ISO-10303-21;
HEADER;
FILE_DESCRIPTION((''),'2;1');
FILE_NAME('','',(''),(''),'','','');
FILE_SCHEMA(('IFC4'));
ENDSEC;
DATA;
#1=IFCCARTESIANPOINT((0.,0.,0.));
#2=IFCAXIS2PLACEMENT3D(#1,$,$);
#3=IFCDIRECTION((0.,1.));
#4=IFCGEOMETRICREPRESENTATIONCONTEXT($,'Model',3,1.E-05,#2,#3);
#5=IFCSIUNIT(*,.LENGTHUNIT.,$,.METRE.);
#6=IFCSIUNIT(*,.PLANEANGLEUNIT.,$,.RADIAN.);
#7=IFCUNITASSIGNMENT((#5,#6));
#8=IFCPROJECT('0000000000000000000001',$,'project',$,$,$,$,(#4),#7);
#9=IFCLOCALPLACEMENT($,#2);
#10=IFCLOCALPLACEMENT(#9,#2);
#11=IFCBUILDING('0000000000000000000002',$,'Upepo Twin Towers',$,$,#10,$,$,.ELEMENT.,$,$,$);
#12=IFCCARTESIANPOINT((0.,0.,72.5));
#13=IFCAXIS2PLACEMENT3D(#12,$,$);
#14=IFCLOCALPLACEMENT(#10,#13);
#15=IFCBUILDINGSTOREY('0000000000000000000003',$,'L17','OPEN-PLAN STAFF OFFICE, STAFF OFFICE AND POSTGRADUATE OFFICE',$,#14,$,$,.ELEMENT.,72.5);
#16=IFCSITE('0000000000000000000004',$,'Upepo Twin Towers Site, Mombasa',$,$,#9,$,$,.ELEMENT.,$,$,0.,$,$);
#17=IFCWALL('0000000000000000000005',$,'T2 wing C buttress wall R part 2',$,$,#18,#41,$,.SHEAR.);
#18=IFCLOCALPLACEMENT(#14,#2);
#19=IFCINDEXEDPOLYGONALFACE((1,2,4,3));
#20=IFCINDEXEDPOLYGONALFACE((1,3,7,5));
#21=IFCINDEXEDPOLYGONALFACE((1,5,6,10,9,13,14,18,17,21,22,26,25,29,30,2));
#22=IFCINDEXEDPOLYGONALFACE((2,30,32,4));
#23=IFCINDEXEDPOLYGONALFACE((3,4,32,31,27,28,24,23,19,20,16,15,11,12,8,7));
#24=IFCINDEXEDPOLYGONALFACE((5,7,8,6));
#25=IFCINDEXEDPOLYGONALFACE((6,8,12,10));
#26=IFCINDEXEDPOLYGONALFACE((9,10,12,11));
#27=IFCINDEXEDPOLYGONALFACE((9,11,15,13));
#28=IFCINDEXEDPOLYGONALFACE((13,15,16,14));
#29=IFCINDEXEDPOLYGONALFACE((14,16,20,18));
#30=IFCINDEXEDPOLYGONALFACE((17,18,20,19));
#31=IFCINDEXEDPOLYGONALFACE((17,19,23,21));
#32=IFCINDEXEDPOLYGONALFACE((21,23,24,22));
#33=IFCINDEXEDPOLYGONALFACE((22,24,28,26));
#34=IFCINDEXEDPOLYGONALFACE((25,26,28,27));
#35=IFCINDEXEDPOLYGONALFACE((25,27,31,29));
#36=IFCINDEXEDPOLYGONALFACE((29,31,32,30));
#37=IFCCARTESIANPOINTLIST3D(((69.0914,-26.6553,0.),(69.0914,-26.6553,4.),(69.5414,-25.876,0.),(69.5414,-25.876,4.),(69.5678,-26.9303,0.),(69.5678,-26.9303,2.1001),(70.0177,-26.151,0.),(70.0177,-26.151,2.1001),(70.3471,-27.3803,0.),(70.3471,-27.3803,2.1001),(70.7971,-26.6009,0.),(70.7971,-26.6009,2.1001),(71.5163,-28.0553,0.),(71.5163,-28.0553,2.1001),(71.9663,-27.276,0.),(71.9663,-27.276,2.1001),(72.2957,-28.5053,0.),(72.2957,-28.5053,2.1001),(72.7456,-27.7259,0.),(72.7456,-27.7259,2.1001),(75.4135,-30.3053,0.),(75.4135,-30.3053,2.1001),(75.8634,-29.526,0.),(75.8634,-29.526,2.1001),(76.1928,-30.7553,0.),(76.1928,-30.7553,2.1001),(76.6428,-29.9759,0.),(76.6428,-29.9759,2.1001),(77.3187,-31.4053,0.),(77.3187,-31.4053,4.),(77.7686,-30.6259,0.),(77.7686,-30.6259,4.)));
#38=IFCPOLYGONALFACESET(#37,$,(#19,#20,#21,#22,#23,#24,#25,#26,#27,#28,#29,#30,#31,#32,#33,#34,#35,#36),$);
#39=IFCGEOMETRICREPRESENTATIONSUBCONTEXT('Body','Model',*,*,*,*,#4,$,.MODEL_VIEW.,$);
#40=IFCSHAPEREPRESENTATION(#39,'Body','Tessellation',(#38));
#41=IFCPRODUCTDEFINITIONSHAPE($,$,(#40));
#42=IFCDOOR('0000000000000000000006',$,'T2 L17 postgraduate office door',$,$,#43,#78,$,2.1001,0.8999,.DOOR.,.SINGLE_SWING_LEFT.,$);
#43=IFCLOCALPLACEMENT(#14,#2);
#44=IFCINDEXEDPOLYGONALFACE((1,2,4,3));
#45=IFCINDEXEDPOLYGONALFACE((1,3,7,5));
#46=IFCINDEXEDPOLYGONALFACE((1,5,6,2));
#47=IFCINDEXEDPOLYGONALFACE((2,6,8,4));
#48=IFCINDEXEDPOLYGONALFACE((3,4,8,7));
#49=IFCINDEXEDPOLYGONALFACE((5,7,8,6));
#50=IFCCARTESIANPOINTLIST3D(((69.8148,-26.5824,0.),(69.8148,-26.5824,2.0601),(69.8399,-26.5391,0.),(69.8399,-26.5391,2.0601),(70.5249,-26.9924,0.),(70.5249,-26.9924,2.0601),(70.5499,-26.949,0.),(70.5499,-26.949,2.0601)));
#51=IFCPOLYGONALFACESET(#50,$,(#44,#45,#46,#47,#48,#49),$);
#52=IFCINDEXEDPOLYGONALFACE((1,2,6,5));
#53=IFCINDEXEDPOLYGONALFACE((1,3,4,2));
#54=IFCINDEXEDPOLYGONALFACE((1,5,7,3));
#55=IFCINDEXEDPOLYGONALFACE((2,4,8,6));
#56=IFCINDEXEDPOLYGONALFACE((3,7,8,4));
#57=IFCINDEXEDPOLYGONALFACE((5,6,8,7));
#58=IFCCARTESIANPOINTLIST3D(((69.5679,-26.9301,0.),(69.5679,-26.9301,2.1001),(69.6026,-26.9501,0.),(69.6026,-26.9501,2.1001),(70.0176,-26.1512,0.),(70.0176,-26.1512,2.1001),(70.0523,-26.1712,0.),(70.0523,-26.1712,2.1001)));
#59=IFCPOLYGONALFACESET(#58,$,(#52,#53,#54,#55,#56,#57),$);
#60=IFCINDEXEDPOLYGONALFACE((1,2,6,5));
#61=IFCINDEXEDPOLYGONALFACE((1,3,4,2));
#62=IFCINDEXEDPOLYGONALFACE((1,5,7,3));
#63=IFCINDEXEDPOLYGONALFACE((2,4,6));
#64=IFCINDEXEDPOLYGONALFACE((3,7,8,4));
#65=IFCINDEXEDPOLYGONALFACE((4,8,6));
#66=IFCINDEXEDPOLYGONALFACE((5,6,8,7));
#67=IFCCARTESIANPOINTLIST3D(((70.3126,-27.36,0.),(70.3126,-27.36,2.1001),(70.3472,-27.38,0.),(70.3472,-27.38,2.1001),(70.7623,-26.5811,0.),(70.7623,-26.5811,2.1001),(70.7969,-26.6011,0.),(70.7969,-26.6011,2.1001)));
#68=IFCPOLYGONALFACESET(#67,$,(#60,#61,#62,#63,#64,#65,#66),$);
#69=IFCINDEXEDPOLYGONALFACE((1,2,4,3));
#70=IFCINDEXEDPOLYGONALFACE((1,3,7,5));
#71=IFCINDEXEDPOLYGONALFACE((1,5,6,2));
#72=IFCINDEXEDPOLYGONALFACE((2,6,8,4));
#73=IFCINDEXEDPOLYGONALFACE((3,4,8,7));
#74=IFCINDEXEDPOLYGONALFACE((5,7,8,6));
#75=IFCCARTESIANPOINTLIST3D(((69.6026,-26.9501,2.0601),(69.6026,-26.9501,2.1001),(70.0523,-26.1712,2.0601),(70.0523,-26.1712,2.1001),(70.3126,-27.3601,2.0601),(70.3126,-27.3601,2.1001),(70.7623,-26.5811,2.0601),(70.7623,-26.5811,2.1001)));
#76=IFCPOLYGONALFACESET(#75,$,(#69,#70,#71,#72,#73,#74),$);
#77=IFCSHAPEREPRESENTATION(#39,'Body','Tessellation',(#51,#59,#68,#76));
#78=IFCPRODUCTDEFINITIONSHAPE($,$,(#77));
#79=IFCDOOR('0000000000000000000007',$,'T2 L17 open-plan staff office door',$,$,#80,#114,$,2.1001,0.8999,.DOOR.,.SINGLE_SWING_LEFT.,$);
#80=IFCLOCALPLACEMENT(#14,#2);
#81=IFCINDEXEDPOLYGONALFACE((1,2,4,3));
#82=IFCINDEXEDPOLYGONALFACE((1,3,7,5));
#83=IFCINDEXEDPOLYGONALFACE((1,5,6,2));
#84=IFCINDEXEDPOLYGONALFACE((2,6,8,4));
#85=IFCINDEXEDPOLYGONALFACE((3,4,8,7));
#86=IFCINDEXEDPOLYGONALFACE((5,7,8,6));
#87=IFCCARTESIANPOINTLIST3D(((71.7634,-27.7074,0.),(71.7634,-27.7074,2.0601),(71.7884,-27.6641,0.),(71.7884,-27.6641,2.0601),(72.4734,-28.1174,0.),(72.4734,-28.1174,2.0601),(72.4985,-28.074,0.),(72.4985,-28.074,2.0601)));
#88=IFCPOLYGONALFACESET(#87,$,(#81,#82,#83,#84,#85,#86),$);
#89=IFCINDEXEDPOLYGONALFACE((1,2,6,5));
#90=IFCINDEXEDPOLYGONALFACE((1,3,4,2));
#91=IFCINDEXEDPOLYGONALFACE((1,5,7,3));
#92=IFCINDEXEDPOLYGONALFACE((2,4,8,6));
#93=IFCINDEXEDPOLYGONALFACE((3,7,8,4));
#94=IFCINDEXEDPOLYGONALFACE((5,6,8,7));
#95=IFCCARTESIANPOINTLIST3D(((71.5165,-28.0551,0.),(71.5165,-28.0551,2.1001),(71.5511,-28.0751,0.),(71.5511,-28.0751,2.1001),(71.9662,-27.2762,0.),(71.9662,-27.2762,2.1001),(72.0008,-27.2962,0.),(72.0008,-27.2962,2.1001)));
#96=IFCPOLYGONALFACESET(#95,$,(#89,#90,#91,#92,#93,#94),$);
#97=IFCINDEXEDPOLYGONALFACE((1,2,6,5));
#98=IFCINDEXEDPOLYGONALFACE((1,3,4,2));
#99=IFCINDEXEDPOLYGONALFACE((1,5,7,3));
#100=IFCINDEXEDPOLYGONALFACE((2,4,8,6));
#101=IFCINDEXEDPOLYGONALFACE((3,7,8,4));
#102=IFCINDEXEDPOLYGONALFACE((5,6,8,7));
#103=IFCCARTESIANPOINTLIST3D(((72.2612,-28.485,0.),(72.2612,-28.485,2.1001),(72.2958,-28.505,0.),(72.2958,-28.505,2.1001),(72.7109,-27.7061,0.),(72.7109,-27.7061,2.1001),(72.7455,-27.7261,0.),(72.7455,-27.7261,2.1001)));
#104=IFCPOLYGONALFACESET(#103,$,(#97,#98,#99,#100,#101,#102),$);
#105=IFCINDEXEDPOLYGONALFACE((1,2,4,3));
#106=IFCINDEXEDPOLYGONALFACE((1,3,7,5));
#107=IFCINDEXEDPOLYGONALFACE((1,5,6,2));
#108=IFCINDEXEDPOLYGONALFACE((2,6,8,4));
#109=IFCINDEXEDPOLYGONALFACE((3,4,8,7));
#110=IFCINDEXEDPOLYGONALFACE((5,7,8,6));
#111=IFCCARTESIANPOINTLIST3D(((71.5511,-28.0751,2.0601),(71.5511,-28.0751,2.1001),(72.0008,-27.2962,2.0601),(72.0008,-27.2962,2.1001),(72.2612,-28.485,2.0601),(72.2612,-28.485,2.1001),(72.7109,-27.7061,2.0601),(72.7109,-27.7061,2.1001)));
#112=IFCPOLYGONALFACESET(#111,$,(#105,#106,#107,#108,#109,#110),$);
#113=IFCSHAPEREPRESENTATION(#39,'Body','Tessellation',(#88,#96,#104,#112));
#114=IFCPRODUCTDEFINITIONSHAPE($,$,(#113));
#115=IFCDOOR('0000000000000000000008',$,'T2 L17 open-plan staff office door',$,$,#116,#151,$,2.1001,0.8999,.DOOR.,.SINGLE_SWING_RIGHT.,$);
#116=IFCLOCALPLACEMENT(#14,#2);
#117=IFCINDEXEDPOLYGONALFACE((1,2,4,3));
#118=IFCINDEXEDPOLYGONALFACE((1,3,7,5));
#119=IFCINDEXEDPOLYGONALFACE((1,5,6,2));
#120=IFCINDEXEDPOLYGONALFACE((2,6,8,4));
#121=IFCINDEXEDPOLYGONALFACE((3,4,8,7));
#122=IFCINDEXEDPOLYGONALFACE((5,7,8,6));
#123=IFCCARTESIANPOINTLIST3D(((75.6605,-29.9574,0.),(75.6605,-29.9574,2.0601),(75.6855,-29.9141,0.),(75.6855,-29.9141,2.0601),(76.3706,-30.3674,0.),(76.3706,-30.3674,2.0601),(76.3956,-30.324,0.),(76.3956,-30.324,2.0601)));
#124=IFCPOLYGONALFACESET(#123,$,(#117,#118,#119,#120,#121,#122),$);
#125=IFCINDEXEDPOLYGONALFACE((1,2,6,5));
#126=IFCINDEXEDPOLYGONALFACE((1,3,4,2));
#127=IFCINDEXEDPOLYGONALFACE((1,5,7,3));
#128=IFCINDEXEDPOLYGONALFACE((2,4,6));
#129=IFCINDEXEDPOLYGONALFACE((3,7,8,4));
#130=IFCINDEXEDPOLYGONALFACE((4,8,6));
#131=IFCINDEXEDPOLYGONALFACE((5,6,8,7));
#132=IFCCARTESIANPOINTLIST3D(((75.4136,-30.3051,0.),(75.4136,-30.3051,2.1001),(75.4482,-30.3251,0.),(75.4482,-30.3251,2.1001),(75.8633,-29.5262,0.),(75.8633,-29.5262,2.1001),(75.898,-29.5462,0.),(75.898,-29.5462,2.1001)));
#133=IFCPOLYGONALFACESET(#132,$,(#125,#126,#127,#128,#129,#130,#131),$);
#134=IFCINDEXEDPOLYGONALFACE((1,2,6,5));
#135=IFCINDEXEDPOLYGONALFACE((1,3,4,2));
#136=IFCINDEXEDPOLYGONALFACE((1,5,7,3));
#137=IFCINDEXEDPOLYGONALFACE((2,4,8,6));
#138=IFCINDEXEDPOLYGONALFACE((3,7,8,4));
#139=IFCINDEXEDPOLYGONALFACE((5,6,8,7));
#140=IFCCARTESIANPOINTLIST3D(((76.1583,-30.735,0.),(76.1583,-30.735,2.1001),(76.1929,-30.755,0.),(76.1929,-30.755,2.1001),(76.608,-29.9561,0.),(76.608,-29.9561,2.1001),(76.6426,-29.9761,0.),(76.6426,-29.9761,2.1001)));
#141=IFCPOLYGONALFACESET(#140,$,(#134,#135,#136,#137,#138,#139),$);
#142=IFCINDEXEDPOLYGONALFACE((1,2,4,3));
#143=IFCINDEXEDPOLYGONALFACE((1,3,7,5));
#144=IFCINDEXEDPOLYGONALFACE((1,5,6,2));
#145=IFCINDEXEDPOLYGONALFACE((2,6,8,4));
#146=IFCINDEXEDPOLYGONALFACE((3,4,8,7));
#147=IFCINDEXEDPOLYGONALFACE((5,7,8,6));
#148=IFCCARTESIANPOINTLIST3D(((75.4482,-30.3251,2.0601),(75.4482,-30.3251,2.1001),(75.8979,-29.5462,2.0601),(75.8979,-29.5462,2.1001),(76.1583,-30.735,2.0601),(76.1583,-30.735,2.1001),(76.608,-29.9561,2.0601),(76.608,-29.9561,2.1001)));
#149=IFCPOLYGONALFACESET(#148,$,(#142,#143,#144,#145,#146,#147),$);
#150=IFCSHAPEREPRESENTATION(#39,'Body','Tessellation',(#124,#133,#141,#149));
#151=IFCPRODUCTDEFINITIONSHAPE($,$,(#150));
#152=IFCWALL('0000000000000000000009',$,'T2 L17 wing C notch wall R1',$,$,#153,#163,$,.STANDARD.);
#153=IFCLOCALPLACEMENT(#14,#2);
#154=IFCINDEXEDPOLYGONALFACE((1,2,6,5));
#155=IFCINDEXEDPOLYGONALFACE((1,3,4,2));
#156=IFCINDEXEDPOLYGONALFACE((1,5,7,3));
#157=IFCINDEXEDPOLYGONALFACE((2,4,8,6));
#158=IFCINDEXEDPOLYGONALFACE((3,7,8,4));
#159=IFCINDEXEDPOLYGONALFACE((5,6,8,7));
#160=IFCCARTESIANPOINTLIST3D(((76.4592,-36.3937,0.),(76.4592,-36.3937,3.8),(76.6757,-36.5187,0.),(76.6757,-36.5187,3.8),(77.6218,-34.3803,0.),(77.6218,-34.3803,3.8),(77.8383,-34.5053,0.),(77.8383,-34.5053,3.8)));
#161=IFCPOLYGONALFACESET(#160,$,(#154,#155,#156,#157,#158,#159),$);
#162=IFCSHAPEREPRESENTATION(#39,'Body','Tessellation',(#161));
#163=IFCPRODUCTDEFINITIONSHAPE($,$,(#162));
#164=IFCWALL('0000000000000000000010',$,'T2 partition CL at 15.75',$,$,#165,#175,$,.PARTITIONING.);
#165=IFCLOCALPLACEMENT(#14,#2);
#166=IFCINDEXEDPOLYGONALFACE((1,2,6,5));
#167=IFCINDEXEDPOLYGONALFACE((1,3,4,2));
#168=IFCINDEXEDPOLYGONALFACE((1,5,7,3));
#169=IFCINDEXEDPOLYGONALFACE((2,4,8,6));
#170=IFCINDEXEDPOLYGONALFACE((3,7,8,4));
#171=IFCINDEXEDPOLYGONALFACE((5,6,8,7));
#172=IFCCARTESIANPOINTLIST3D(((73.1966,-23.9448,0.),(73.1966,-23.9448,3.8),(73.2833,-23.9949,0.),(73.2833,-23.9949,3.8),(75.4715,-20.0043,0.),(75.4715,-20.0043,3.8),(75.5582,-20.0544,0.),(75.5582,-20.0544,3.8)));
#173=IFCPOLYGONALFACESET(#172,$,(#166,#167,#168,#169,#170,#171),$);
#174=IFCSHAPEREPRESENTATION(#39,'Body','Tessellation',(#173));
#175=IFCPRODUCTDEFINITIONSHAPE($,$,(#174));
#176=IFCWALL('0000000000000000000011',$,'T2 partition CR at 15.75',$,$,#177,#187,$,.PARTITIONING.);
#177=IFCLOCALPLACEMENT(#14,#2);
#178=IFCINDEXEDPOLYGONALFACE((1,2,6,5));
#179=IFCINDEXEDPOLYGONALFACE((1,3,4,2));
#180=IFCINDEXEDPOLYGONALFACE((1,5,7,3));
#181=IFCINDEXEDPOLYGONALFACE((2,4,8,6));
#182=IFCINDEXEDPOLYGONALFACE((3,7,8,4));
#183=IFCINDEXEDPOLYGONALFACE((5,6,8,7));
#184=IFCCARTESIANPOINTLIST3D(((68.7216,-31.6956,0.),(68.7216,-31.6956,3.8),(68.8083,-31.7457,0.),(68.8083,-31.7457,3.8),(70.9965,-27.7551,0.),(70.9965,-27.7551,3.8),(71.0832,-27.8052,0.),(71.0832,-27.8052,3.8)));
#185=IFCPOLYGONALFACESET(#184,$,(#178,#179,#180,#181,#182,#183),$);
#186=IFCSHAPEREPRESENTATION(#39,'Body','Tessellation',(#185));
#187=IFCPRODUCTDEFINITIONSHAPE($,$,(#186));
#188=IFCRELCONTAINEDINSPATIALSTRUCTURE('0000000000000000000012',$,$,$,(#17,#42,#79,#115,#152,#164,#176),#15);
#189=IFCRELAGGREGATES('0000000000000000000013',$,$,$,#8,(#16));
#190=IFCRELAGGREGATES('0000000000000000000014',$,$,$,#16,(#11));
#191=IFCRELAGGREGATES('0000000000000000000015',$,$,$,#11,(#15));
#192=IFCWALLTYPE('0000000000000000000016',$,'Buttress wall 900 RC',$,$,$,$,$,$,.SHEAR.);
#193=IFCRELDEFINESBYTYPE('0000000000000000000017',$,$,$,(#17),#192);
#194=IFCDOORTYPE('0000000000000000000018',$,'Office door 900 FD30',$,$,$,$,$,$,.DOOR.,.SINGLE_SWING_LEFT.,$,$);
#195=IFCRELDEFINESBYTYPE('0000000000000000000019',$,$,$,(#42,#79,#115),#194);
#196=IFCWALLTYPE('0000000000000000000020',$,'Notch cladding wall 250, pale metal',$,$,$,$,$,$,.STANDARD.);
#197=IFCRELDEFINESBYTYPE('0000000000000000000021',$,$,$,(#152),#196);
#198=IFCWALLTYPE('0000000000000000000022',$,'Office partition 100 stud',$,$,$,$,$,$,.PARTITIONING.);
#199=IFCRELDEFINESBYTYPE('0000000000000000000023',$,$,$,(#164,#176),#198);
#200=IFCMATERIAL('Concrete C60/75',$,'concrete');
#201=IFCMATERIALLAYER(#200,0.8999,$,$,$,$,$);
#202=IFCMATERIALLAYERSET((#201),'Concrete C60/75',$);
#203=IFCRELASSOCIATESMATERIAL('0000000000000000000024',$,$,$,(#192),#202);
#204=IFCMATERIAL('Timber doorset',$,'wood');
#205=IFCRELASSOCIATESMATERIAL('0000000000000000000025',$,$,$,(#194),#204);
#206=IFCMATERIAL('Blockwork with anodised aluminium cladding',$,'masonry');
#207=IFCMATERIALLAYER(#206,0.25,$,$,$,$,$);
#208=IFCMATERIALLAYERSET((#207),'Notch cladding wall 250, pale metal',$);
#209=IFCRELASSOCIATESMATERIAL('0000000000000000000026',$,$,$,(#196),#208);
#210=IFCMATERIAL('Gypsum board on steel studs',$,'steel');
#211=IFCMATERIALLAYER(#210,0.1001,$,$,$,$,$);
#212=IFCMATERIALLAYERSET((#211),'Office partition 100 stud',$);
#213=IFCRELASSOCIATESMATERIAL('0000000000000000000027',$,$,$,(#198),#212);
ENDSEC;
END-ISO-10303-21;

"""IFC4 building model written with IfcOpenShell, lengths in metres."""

from ifc_helpers import new_model, si_unit, direction, frame, frame_2d, origin, place, context, subcontext, project, spatial, rectangle, extrude, material, layer, layer_set, type_object, element, fill, save


model = new_model("IFC4")

# Units and contexts
model_context = context("Model", 3, precision=1e-05, world=origin(), true_north=direction((0.0, 1.0)))
body_context = subcontext(model_context, "Body", "Model", "MODEL_VIEW")
ifc_project = project(units=[si_unit("LENGTHUNIT", "METRE"), si_unit("PLANEANGLEUNIT", "RADIAN")], contexts=[model_context])

# Site, building, storey
site_placement = place(None, origin())
site = spatial("IfcSite", under=ifc_project, at=site_placement, Name="Upepo Twin Towers Site, Mombasa", CompositionType="ELEMENT", RefElevation=0.0)
building_placement = place(site_placement, origin())
building = spatial("IfcBuilding", under=site, at=building_placement, Name="Upepo Twin Towers", CompositionType="ELEMENT")
storey_placement = place(building_placement, frame((0.0, 0.0, 72.5)))
storey = spatial("IfcBuildingStorey", under=building, at=storey_placement, Name="L17", Description="OPEN-PLAN STAFF OFFICE, STAFF OFFICE AND POSTGRADUATE OFFICE", CompositionType="ELEMENT", Elevation=72.5)

# Wall, openings, doors
ifc_material_1 = material(Name="Concrete C60/75", Category="concrete")
ifc_layer_1 = layer(ifc_material_1, 0.8999)
ifc_layer_set_1 = layer_set([ifc_layer_1], Name="Concrete C60/75")
wall_type_1 = type_object("IfcWallType", Name="Buttress wall 900 RC", PredefinedType="SHEAR", material=ifc_layer_set_1)
ifc_material_2 = material(Name="Timber doorset", Category="wood")
door_type = type_object("IfcDoorType", Name="Office door 900 FD30", OperationType="SINGLE_SWING_LEFT", PredefinedType="DOOR", material=ifc_material_2)
wall_1_placement = place(storey_placement, frame((69.3164, -26.2656, 0.0), z_axis=(0.0, 0.0, 1.0), x_axis=(0.866027, -0.499998, 0.0)))
wall_1 = element("IfcWall", 1, at=wall_1_placement, inside=storey, type_object=wall_type_1, Name="T2 wing C buttress wall R part 2", PredefinedType="SHEAR", context=body_context, shape_type="SweptSolid", body=[
    extrude(rectangle(XDim=9.5, YDim=0.8999, at=frame_2d((4.75, 0.0))), origin(), (0.0, 0.0, 1.0), 4.0),
])
opening_1_placement = place(wall_1_placement, frame((0.55, 0.0, 0.0)))
opening_1 = element("IfcOpeningElement", 2, at=opening_1_placement, cuts=wall_1, PredefinedType="OPENING", context=body_context, shape_type="SweptSolid", body=[
    extrude(rectangle(XDim=0.8999, YDim=2.1001, at=frame_2d((0.45, 1.05))), frame((0.0, 0.46, 0.0), z_axis=(0.0, -1.0, 0.0), x_axis=(1.0, 0.0, 0.0)), (0.0, 0.0, 1.0), 0.9199),
])
opening_2_placement = place(wall_1_placement, frame((2.8, 0.0, 0.0)))
opening_2 = element("IfcOpeningElement", 3, at=opening_2_placement, cuts=wall_1, PredefinedType="OPENING", context=body_context, shape_type="SweptSolid", body=[
    extrude(rectangle(XDim=0.8999, YDim=2.1001, at=frame_2d((0.45, 1.05))), frame((0.0, 0.46, 0.0), z_axis=(0.0, -1.0, 0.0), x_axis=(1.0, 0.0, 0.0)), (0.0, 0.0, 1.0), 0.9199),
])
opening_3_placement = place(wall_1_placement, frame((7.3, 0.0, 0.0)))
opening_3 = element("IfcOpeningElement", 4, at=opening_3_placement, cuts=wall_1, PredefinedType="OPENING", context=body_context, shape_type="SweptSolid", body=[
    extrude(rectangle(XDim=0.8999, YDim=2.1001, at=frame_2d((0.45, 1.05))), frame((0.0, 0.46, 0.0), z_axis=(0.0, -1.0, 0.0), x_axis=(1.0, 0.0, 0.0)), (0.0, 0.0, 1.0), 0.9199),
])
door_1_placement = place(opening_1_placement, origin())
door_1 = element("IfcDoor", 5, at=door_1_placement, inside=storey, type_object=door_type, Name="T2 L17 postgraduate office door", OperationType="SINGLE_SWING_LEFT", OverallHeight=2.1001, OverallWidth=0.8999, PredefinedType="DOOR", context=body_context, shape_type="SweptSolid", body=[
    extrude(rectangle(XDim=0.8199, YDim=2.0601, at=frame_2d((0.45, 1.03))), frame((0.0, 0.0249, 0.0), z_axis=(0.0, -1.0, 0.0), x_axis=(1.0, 0.0, 0.0)), (0.0, 0.0, 1.0), 0.05),
    extrude(rectangle(XDim=0.04, YDim=2.1001, at=frame_2d((0.02, 1.05))), frame((0.0, 0.4497, 0.0), z_axis=(0.0, -1.0, 0.0), x_axis=(1.0, 0.0, 0.0)), (0.0, 0.0, 1.0), 0.8994),
    extrude(rectangle(XDim=0.04, YDim=2.1001, at=frame_2d((0.8799, 1.05))), frame((0.0, 0.4497, 0.0), z_axis=(0.0, -1.0, 0.0), x_axis=(1.0, 0.0, 0.0)), (0.0, 0.0, 1.0), 0.8994),
    extrude(rectangle(XDim=0.8199, YDim=0.04, at=frame_2d((0.45, 2.0801))), frame((0.0, 0.4497, 0.0), z_axis=(0.0, -1.0, 0.0), x_axis=(1.0, 0.0, 0.0)), (0.0, 0.0, 1.0), 0.8994),
])
fill(opening_1, door_1)
door_2_placement = place(opening_2_placement, origin())
door_2 = element("IfcDoor", 6, at=door_2_placement, inside=storey, type_object=door_type, Name="T2 L17 open-plan staff office door", OperationType="SINGLE_SWING_LEFT", OverallHeight=2.1001, OverallWidth=0.8999, PredefinedType="DOOR", context=body_context, shape_type="SweptSolid", body=[
    extrude(rectangle(XDim=0.8199, YDim=2.0601, at=frame_2d((0.45, 1.03))), frame((0.0, 0.0249, 0.0), z_axis=(0.0, -1.0, 0.0), x_axis=(1.0, 0.0, 0.0)), (0.0, 0.0, 1.0), 0.05),
    extrude(rectangle(XDim=0.04, YDim=2.1001, at=frame_2d((0.02, 1.05))), frame((0.0, 0.4497, 0.0), z_axis=(0.0, -1.0, 0.0), x_axis=(1.0, 0.0, 0.0)), (0.0, 0.0, 1.0), 0.8994),
    extrude(rectangle(XDim=0.04, YDim=2.1001, at=frame_2d((0.8799, 1.05))), frame((0.0, 0.4497, 0.0), z_axis=(0.0, -1.0, 0.0), x_axis=(1.0, 0.0, 0.0)), (0.0, 0.0, 1.0), 0.8994),
    extrude(rectangle(XDim=0.8199, YDim=0.04, at=frame_2d((0.45, 2.0801))), frame((0.0, 0.4497, 0.0), z_axis=(0.0, -1.0, 0.0), x_axis=(1.0, 0.0, 0.0)), (0.0, 0.0, 1.0), 0.8994),
])
fill(opening_2, door_2)
door_3_placement = place(opening_3_placement, origin())
door_3 = element("IfcDoor", 7, at=door_3_placement, inside=storey, type_object=door_type, Name="T2 L17 open-plan staff office door", OperationType="SINGLE_SWING_RIGHT", OverallHeight=2.1001, OverallWidth=0.8999, PredefinedType="DOOR", context=body_context, shape_type="SweptSolid", body=[
    extrude(rectangle(XDim=0.8199, YDim=2.0601, at=frame_2d((0.45, 1.03))), frame((0.0, 0.0249, 0.0), z_axis=(0.0, -1.0, 0.0), x_axis=(1.0, 0.0, 0.0)), (0.0, 0.0, 1.0), 0.05),
    extrude(rectangle(XDim=0.04, YDim=2.1001, at=frame_2d((0.02, 1.05))), frame((0.0, 0.4497, 0.0), z_axis=(0.0, -1.0, 0.0), x_axis=(1.0, 0.0, 0.0)), (0.0, 0.0, 1.0), 0.8994),
    extrude(rectangle(XDim=0.04, YDim=2.1001, at=frame_2d((0.8799, 1.05))), frame((0.0, 0.4497, 0.0), z_axis=(0.0, -1.0, 0.0), x_axis=(1.0, 0.0, 0.0)), (0.0, 0.0, 1.0), 0.8994),
    extrude(rectangle(XDim=0.8199, YDim=0.04, at=frame_2d((0.45, 2.0801))), frame((0.0, 0.4497, 0.0), z_axis=(0.0, -1.0, 0.0), x_axis=(1.0, 0.0, 0.0)), (0.0, 0.0, 1.0), 0.8994),
])
fill(opening_3, door_3)

# Walls
ifc_material_3 = material(Name="Blockwork with anodised aluminium cladding", Category="masonry")
ifc_layer_2 = layer(ifc_material_3, 0.25)
ifc_layer_set_2 = layer_set([ifc_layer_2], Name="Notch cladding wall 250, pale metal")
wall_type_2 = type_object("IfcWallType", Name="Notch cladding wall 250, pale metal", PredefinedType="STANDARD", material=ifc_layer_set_2)
wall_2_placement = place(storey_placement, frame((76.5674, -36.4563, 0.0), z_axis=(0.0, 0.0, 1.0), x_axis=(0.500047, 0.865998, 0.0)))
element("IfcWall", 8, at=wall_2_placement, inside=storey, type_object=wall_type_2, Name="T2 L17 wing C notch wall R1", PredefinedType="STANDARD", context=body_context, shape_type="SweptSolid", body=[
    extrude(rectangle(XDim=2.325, YDim=0.25, at=frame_2d((1.1626, 0.0))), origin(), (0.0, 0.0, 1.0), 3.8),
])
ifc_material_4 = material(Name="Gypsum board on steel studs", Category="steel")
ifc_layer_3 = layer(ifc_material_4, 0.1001)
ifc_layer_set_3 = layer_set([ifc_layer_3], Name="Office partition 100 stud")
wall_type_3 = type_object("IfcWallType", Name="Office partition 100 stud", PredefinedType="PARTITIONING", material=ifc_layer_set_3)
for number, where, z_axis, x_axis, name in (
    (9, (73.24, -23.9697, 0.0), (0.0, 0.0, 1.0), (0.499983, 0.866035, 0.0), "T2 partition CL at 15.75"),
    (10, (71.0398, -27.7803, 0.0), (0.0, 0.0, 1.0), (-0.499983, -0.866035, 0.0), "T2 partition CR at 15.75"),
):
    element("IfcWall", number, at=place(storey_placement, frame(where, z_axis=z_axis, x_axis=x_axis)), inside=storey, type_object=wall_type_3, Name=name, PredefinedType="PARTITIONING", context=body_context, shape_type="SweptSolid", body=[
        extrude(rectangle(XDim=4.55, YDim=0.1001, at=frame_2d((2.2749, 0.0))), origin(), (0.0, 0.0, 1.0), 3.8),
    ])

save(model, "model.ifc")
